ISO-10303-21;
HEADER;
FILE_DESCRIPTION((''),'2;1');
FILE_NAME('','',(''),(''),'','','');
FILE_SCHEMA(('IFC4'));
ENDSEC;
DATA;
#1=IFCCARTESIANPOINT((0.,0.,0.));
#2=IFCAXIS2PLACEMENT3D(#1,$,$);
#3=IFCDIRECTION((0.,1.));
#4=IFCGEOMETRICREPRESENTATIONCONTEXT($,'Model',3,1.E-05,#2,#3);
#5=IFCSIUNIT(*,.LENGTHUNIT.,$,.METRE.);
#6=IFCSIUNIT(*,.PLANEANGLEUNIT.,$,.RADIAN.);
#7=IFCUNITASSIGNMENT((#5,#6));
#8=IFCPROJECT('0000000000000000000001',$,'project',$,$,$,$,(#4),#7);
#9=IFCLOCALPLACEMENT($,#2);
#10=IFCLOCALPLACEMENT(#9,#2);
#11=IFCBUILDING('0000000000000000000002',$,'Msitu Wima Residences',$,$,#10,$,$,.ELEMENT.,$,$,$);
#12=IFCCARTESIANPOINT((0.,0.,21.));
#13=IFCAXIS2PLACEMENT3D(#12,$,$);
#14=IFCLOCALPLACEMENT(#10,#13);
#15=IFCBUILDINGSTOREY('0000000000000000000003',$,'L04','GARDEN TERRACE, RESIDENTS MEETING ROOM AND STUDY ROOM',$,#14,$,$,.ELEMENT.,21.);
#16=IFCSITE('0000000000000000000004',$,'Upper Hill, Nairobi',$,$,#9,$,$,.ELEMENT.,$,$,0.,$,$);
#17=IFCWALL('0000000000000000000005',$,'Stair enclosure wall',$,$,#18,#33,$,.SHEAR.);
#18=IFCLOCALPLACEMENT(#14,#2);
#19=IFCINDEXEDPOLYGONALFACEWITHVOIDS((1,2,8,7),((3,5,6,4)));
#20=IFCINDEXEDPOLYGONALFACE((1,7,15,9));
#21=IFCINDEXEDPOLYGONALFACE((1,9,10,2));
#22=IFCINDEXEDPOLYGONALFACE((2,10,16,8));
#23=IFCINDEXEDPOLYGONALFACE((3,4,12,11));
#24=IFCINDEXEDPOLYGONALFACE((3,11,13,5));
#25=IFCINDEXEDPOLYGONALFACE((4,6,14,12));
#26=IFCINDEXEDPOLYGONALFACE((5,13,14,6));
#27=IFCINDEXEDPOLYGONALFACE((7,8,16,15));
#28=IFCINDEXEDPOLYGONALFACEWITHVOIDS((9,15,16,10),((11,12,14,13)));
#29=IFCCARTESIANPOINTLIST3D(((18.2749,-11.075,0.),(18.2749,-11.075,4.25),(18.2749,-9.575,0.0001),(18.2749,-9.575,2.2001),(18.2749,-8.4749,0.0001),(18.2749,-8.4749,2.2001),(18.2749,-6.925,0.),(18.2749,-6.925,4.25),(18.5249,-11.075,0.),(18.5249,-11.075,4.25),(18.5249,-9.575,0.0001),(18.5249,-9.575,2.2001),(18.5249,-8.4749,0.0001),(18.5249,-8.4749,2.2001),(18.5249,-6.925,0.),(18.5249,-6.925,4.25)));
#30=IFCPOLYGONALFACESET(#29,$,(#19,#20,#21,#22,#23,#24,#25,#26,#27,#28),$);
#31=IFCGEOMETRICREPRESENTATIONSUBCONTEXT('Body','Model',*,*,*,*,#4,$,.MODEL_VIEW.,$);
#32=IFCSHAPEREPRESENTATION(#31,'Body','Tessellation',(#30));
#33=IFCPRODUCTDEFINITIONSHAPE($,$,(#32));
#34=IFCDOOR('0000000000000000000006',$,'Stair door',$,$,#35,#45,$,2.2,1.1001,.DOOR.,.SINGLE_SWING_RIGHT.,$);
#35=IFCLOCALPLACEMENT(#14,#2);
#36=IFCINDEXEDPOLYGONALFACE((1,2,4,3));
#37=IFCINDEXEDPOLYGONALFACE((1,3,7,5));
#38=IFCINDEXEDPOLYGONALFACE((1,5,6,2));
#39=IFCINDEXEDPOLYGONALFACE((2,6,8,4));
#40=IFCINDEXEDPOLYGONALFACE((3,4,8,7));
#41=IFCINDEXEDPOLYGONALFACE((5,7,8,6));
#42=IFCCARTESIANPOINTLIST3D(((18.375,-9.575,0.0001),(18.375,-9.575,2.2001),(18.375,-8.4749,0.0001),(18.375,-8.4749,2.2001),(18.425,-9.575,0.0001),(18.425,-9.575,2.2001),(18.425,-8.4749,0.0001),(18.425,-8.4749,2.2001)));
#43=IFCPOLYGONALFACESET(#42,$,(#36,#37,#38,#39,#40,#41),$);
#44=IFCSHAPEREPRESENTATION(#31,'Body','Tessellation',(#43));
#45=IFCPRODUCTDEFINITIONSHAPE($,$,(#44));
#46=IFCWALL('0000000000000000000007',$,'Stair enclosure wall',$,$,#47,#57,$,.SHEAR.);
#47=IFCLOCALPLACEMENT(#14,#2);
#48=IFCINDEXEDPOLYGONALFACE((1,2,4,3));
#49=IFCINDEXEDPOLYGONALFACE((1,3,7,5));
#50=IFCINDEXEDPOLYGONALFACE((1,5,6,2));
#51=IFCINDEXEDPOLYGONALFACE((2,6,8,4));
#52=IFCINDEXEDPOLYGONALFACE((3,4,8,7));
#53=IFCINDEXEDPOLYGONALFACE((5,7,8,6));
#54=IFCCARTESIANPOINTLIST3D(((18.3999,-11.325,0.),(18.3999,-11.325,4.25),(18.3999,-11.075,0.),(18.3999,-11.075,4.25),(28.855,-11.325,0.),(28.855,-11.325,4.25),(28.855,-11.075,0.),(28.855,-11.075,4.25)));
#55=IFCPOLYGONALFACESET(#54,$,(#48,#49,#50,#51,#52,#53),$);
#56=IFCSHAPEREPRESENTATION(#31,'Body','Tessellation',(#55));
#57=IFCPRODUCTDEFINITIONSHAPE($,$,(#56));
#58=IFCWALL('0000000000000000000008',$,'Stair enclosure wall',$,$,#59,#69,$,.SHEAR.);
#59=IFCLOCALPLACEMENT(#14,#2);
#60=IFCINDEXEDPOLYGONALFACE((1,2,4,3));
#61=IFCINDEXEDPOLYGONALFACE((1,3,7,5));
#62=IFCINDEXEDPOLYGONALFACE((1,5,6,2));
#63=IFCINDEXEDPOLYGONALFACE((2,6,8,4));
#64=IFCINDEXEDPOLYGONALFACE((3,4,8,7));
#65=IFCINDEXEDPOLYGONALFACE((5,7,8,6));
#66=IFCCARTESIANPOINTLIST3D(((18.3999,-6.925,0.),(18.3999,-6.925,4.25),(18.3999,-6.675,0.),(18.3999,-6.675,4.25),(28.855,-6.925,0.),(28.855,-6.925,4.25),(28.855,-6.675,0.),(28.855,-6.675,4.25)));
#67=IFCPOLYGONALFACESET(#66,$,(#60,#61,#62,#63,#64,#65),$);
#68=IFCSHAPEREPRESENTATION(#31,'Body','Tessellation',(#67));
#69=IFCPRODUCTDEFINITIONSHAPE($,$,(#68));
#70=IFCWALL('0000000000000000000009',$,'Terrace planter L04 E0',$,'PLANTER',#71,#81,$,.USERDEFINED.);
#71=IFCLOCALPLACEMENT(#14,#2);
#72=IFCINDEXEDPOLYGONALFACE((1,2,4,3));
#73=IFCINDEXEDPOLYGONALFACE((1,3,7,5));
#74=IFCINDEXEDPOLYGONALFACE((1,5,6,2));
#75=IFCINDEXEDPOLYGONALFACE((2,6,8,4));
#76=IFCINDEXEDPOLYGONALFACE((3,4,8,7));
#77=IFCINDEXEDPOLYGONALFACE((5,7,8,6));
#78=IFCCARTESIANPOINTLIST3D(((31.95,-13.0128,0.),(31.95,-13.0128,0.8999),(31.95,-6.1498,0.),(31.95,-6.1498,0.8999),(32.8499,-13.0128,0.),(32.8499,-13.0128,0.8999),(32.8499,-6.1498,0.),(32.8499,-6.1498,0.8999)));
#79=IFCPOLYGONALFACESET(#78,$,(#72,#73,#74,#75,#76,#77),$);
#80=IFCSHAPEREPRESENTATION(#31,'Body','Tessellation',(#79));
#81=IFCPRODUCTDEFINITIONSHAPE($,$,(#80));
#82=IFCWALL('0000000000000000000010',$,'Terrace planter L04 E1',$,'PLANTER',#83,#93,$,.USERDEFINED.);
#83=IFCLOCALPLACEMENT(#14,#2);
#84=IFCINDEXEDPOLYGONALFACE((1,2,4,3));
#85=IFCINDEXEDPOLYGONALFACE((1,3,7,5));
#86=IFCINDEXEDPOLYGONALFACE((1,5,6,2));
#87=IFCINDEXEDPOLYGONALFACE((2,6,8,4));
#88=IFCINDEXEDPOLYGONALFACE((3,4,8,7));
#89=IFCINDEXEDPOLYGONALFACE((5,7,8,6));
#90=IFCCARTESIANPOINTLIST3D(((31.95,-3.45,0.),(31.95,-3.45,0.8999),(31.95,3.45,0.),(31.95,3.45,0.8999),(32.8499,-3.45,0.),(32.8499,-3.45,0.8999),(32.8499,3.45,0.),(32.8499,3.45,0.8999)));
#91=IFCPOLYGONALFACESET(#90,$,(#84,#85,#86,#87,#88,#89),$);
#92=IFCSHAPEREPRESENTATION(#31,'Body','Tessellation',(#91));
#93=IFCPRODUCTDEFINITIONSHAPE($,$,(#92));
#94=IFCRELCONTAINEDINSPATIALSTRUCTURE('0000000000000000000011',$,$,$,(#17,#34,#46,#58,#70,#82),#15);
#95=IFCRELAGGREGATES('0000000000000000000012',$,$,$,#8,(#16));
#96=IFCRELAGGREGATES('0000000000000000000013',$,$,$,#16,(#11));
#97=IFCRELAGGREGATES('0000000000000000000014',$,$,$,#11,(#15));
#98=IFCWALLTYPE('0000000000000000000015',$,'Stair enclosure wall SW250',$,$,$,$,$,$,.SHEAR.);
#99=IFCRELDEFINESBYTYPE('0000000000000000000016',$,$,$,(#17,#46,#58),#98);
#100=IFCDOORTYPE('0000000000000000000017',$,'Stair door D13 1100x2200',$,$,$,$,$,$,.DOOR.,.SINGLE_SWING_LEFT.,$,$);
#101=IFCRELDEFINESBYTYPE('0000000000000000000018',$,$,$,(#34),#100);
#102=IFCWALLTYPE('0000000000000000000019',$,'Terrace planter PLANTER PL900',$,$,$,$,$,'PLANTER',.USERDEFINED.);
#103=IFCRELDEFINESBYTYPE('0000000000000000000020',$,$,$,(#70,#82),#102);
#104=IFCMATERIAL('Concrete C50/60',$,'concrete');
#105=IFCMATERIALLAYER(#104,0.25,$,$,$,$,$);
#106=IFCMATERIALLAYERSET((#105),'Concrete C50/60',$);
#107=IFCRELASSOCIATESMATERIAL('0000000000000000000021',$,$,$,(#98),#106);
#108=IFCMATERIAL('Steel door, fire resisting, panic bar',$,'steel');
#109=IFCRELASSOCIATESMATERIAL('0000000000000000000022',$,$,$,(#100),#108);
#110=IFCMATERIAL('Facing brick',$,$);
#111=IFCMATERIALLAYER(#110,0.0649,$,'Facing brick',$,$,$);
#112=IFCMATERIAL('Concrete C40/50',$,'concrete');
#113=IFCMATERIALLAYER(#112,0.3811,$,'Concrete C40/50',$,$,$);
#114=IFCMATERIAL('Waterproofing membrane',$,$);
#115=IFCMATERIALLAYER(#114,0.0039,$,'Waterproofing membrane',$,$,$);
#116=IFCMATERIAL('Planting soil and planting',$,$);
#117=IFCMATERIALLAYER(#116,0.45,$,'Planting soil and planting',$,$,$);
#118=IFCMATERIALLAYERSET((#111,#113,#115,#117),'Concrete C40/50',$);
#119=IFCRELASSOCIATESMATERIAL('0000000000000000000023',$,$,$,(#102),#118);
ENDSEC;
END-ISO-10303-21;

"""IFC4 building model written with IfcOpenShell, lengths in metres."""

from ifc_helpers import new_model, si_unit, direction, frame, frame_2d, origin, place, context, subcontext, project, spatial, rectangle, extrude, material, layer, layer_set, type_object, element, fill, save


model = new_model("IFC4")

# Units and contexts
model_context = context("Model", 3, precision=1e-05, world=origin(), true_north=direction((0.0, 1.0)))
body_context = subcontext(model_context, "Body", "Model", "MODEL_VIEW")
ifc_project = project(units=[si_unit("LENGTHUNIT", "METRE"), si_unit("PLANEANGLEUNIT", "RADIAN")], contexts=[model_context])

# Site, building, storey
site_placement = place(None, origin())
site = spatial("IfcSite", under=ifc_project, at=site_placement, Name="Upper Hill, Nairobi", CompositionType="ELEMENT", RefElevation=0.0)
building_placement = place(site_placement, origin())
building = spatial("IfcBuilding", under=site, at=building_placement, Name="Msitu Wima Residences", CompositionType="ELEMENT")
storey_placement = place(building_placement, frame((0.0, 0.0, 21.0)))
storey = spatial("IfcBuildingStorey", under=building, at=storey_placement, Name="L04", Description="GARDEN TERRACE, RESIDENTS MEETING ROOM AND STUDY ROOM", CompositionType="ELEMENT", Elevation=21.0)

# Shared definitions
ifc_material_1 = material(Name="Concrete C50/60", Category="concrete")
ifc_material_2 = material(Name="Concrete C40/50", Category="concrete")

# Wall, opening, door
ifc_layer_1 = layer(ifc_material_1, 0.25)
ifc_layer_set_1 = layer_set([ifc_layer_1], Name="Concrete C50/60")
wall_type_1 = type_object("IfcWallType", Name="Stair enclosure wall SW250", PredefinedType="SHEAR", material=ifc_layer_set_1)
wall_1_placement = place(storey_placement, frame((18.3999, -11.075, 0.0), z_axis=(0.0, 0.0, 1.0), x_axis=(0.0, 1.0, 0.0)))
wall_1 = element("IfcWall", 1, at=wall_1_placement, inside=storey, type_object=wall_type_1, Name="Stair enclosure wall", PredefinedType="SHEAR", context=body_context, shape_type="SweptSolid", body=[
    extrude(rectangle(XDim=4.1499, YDim=0.25, at=frame_2d((2.075, 0.0))), origin(), (0.0, 0.0, 1.0), 4.25),
])
opening_1_placement = place(wall_1_placement, frame((1.5, 0.0, 0.0)))
opening_1 = element("IfcOpeningElement", 2, at=opening_1_placement, cuts=wall_1, PredefinedType="OPENING", context=body_context, shape_type="SweptSolid", body=[
    extrude(rectangle(XDim=1.1001, YDim=2.2, at=frame_2d((0.55, 1.1001))), frame((0.0, 0.135, 0.0), z_axis=(0.0, -1.0, 0.0), x_axis=(1.0, 0.0, 0.0)), (0.0, 0.0, 1.0), 0.27),
])
ifc_material_3 = material(Name="Steel door, fire resisting, panic bar", Category="steel")
door_type_1 = type_object("IfcDoorType", Name="Stair door D13 1100x2200", OperationType="SINGLE_SWING_LEFT", PredefinedType="DOOR", material=ifc_material_3)
door_1_placement = place(opening_1_placement, origin())
door_1 = element("IfcDoor", 3, at=door_1_placement, inside=storey, type_object=door_type_1, Name="Stair door", OperationType="SINGLE_SWING_RIGHT", OverallHeight=2.2, OverallWidth=1.1001, PredefinedType="DOOR", context=body_context, shape_type="SweptSolid", body=[
    extrude(rectangle(XDim=1.1001, YDim=2.2, at=frame_2d((0.55, 1.1001))), frame((0.0, 0.0249, 0.0), z_axis=(0.0, -1.0, 0.0), x_axis=(1.0, 0.0, 0.0)), (0.0, 0.0, 1.0), 0.05),
])
fill(opening_1, door_1)

# Walls
for number, where, z_axis, x_axis, name in (
    (4, (18.3999, -11.2, 0.0), (0.0, 0.0, 1.0), (1.0, 0.0, 0.0), "Stair enclosure wall"),
    (5, (18.3999, -6.8, 0.0), (0.0, 0.0, 1.0), (1.0, 0.0, 0.0), "Stair enclosure wall"),
):
    element("IfcWall", number, at=place(storey_placement, frame(where, z_axis=z_axis, x_axis=x_axis)), inside=storey, type_object=wall_type_1, Name=name, PredefinedType="SHEAR", context=body_context, shape_type="SweptSolid", body=[
        extrude(rectangle(XDim=10.4551, YDim=0.25, at=frame_2d((5.2275, 0.0))), origin(), (0.0, 0.0, 1.0), 4.25),
    ])
ifc_material_4 = material(Name="Facing brick")
ifc_layer_2 = layer(ifc_material_4, 0.0649, Name="Facing brick")
ifc_layer_3 = layer(ifc_material_2, 0.3811, Name="Concrete C40/50")
ifc_material_5 = material(Name="Waterproofing membrane")
ifc_layer_4 = layer(ifc_material_5, 0.0039, Name="Waterproofing membrane")
ifc_material_6 = material(Name="Planting soil and planting")
ifc_layer_5 = layer(ifc_material_6, 0.45, Name="Planting soil and planting")
ifc_layer_set_2 = layer_set([ifc_layer_2, ifc_layer_3, ifc_layer_4, ifc_layer_5], Name="Concrete C40/50")
wall_type_2 = type_object("IfcWallType", Name="Terrace planter PLANTER PL900", ElementType="PLANTER", PredefinedType="USERDEFINED", material=ifc_layer_set_2)
wall_2_placement = place(storey_placement, frame((32.3999, -13.0129, 0.0), z_axis=(0.0, 0.0, 1.0), x_axis=(0.0, 1.0, 0.0)))
element("IfcWall", 6, at=wall_2_placement, inside=storey, type_object=wall_type_2, Name="Terrace planter L04 E0", ObjectType="PLANTER", PredefinedType="USERDEFINED", context=body_context, shape_type="SweptSolid", body=[
    extrude(rectangle(XDim=6.863, YDim=0.8999, at=frame_2d((3.4316, 0.0))), origin(), (0.0, 0.0, 1.0), 0.8999),
])
wall_3_placement = place(storey_placement, frame((32.3999, -3.45, 0.0), z_axis=(0.0, 0.0, 1.0), x_axis=(0.0, 1.0, 0.0)))
element("IfcWall", 7, at=wall_3_placement, inside=storey, type_object=wall_type_2, Name="Terrace planter L04 E1", ObjectType="PLANTER", PredefinedType="USERDEFINED", context=body_context, shape_type="SweptSolid", body=[
    extrude(rectangle(XDim=6.8999, YDim=0.8999, at=frame_2d((3.45, 0.0))), origin(), (0.0, 0.0, 1.0), 0.8999),
])

save(model, "model.ifc")
